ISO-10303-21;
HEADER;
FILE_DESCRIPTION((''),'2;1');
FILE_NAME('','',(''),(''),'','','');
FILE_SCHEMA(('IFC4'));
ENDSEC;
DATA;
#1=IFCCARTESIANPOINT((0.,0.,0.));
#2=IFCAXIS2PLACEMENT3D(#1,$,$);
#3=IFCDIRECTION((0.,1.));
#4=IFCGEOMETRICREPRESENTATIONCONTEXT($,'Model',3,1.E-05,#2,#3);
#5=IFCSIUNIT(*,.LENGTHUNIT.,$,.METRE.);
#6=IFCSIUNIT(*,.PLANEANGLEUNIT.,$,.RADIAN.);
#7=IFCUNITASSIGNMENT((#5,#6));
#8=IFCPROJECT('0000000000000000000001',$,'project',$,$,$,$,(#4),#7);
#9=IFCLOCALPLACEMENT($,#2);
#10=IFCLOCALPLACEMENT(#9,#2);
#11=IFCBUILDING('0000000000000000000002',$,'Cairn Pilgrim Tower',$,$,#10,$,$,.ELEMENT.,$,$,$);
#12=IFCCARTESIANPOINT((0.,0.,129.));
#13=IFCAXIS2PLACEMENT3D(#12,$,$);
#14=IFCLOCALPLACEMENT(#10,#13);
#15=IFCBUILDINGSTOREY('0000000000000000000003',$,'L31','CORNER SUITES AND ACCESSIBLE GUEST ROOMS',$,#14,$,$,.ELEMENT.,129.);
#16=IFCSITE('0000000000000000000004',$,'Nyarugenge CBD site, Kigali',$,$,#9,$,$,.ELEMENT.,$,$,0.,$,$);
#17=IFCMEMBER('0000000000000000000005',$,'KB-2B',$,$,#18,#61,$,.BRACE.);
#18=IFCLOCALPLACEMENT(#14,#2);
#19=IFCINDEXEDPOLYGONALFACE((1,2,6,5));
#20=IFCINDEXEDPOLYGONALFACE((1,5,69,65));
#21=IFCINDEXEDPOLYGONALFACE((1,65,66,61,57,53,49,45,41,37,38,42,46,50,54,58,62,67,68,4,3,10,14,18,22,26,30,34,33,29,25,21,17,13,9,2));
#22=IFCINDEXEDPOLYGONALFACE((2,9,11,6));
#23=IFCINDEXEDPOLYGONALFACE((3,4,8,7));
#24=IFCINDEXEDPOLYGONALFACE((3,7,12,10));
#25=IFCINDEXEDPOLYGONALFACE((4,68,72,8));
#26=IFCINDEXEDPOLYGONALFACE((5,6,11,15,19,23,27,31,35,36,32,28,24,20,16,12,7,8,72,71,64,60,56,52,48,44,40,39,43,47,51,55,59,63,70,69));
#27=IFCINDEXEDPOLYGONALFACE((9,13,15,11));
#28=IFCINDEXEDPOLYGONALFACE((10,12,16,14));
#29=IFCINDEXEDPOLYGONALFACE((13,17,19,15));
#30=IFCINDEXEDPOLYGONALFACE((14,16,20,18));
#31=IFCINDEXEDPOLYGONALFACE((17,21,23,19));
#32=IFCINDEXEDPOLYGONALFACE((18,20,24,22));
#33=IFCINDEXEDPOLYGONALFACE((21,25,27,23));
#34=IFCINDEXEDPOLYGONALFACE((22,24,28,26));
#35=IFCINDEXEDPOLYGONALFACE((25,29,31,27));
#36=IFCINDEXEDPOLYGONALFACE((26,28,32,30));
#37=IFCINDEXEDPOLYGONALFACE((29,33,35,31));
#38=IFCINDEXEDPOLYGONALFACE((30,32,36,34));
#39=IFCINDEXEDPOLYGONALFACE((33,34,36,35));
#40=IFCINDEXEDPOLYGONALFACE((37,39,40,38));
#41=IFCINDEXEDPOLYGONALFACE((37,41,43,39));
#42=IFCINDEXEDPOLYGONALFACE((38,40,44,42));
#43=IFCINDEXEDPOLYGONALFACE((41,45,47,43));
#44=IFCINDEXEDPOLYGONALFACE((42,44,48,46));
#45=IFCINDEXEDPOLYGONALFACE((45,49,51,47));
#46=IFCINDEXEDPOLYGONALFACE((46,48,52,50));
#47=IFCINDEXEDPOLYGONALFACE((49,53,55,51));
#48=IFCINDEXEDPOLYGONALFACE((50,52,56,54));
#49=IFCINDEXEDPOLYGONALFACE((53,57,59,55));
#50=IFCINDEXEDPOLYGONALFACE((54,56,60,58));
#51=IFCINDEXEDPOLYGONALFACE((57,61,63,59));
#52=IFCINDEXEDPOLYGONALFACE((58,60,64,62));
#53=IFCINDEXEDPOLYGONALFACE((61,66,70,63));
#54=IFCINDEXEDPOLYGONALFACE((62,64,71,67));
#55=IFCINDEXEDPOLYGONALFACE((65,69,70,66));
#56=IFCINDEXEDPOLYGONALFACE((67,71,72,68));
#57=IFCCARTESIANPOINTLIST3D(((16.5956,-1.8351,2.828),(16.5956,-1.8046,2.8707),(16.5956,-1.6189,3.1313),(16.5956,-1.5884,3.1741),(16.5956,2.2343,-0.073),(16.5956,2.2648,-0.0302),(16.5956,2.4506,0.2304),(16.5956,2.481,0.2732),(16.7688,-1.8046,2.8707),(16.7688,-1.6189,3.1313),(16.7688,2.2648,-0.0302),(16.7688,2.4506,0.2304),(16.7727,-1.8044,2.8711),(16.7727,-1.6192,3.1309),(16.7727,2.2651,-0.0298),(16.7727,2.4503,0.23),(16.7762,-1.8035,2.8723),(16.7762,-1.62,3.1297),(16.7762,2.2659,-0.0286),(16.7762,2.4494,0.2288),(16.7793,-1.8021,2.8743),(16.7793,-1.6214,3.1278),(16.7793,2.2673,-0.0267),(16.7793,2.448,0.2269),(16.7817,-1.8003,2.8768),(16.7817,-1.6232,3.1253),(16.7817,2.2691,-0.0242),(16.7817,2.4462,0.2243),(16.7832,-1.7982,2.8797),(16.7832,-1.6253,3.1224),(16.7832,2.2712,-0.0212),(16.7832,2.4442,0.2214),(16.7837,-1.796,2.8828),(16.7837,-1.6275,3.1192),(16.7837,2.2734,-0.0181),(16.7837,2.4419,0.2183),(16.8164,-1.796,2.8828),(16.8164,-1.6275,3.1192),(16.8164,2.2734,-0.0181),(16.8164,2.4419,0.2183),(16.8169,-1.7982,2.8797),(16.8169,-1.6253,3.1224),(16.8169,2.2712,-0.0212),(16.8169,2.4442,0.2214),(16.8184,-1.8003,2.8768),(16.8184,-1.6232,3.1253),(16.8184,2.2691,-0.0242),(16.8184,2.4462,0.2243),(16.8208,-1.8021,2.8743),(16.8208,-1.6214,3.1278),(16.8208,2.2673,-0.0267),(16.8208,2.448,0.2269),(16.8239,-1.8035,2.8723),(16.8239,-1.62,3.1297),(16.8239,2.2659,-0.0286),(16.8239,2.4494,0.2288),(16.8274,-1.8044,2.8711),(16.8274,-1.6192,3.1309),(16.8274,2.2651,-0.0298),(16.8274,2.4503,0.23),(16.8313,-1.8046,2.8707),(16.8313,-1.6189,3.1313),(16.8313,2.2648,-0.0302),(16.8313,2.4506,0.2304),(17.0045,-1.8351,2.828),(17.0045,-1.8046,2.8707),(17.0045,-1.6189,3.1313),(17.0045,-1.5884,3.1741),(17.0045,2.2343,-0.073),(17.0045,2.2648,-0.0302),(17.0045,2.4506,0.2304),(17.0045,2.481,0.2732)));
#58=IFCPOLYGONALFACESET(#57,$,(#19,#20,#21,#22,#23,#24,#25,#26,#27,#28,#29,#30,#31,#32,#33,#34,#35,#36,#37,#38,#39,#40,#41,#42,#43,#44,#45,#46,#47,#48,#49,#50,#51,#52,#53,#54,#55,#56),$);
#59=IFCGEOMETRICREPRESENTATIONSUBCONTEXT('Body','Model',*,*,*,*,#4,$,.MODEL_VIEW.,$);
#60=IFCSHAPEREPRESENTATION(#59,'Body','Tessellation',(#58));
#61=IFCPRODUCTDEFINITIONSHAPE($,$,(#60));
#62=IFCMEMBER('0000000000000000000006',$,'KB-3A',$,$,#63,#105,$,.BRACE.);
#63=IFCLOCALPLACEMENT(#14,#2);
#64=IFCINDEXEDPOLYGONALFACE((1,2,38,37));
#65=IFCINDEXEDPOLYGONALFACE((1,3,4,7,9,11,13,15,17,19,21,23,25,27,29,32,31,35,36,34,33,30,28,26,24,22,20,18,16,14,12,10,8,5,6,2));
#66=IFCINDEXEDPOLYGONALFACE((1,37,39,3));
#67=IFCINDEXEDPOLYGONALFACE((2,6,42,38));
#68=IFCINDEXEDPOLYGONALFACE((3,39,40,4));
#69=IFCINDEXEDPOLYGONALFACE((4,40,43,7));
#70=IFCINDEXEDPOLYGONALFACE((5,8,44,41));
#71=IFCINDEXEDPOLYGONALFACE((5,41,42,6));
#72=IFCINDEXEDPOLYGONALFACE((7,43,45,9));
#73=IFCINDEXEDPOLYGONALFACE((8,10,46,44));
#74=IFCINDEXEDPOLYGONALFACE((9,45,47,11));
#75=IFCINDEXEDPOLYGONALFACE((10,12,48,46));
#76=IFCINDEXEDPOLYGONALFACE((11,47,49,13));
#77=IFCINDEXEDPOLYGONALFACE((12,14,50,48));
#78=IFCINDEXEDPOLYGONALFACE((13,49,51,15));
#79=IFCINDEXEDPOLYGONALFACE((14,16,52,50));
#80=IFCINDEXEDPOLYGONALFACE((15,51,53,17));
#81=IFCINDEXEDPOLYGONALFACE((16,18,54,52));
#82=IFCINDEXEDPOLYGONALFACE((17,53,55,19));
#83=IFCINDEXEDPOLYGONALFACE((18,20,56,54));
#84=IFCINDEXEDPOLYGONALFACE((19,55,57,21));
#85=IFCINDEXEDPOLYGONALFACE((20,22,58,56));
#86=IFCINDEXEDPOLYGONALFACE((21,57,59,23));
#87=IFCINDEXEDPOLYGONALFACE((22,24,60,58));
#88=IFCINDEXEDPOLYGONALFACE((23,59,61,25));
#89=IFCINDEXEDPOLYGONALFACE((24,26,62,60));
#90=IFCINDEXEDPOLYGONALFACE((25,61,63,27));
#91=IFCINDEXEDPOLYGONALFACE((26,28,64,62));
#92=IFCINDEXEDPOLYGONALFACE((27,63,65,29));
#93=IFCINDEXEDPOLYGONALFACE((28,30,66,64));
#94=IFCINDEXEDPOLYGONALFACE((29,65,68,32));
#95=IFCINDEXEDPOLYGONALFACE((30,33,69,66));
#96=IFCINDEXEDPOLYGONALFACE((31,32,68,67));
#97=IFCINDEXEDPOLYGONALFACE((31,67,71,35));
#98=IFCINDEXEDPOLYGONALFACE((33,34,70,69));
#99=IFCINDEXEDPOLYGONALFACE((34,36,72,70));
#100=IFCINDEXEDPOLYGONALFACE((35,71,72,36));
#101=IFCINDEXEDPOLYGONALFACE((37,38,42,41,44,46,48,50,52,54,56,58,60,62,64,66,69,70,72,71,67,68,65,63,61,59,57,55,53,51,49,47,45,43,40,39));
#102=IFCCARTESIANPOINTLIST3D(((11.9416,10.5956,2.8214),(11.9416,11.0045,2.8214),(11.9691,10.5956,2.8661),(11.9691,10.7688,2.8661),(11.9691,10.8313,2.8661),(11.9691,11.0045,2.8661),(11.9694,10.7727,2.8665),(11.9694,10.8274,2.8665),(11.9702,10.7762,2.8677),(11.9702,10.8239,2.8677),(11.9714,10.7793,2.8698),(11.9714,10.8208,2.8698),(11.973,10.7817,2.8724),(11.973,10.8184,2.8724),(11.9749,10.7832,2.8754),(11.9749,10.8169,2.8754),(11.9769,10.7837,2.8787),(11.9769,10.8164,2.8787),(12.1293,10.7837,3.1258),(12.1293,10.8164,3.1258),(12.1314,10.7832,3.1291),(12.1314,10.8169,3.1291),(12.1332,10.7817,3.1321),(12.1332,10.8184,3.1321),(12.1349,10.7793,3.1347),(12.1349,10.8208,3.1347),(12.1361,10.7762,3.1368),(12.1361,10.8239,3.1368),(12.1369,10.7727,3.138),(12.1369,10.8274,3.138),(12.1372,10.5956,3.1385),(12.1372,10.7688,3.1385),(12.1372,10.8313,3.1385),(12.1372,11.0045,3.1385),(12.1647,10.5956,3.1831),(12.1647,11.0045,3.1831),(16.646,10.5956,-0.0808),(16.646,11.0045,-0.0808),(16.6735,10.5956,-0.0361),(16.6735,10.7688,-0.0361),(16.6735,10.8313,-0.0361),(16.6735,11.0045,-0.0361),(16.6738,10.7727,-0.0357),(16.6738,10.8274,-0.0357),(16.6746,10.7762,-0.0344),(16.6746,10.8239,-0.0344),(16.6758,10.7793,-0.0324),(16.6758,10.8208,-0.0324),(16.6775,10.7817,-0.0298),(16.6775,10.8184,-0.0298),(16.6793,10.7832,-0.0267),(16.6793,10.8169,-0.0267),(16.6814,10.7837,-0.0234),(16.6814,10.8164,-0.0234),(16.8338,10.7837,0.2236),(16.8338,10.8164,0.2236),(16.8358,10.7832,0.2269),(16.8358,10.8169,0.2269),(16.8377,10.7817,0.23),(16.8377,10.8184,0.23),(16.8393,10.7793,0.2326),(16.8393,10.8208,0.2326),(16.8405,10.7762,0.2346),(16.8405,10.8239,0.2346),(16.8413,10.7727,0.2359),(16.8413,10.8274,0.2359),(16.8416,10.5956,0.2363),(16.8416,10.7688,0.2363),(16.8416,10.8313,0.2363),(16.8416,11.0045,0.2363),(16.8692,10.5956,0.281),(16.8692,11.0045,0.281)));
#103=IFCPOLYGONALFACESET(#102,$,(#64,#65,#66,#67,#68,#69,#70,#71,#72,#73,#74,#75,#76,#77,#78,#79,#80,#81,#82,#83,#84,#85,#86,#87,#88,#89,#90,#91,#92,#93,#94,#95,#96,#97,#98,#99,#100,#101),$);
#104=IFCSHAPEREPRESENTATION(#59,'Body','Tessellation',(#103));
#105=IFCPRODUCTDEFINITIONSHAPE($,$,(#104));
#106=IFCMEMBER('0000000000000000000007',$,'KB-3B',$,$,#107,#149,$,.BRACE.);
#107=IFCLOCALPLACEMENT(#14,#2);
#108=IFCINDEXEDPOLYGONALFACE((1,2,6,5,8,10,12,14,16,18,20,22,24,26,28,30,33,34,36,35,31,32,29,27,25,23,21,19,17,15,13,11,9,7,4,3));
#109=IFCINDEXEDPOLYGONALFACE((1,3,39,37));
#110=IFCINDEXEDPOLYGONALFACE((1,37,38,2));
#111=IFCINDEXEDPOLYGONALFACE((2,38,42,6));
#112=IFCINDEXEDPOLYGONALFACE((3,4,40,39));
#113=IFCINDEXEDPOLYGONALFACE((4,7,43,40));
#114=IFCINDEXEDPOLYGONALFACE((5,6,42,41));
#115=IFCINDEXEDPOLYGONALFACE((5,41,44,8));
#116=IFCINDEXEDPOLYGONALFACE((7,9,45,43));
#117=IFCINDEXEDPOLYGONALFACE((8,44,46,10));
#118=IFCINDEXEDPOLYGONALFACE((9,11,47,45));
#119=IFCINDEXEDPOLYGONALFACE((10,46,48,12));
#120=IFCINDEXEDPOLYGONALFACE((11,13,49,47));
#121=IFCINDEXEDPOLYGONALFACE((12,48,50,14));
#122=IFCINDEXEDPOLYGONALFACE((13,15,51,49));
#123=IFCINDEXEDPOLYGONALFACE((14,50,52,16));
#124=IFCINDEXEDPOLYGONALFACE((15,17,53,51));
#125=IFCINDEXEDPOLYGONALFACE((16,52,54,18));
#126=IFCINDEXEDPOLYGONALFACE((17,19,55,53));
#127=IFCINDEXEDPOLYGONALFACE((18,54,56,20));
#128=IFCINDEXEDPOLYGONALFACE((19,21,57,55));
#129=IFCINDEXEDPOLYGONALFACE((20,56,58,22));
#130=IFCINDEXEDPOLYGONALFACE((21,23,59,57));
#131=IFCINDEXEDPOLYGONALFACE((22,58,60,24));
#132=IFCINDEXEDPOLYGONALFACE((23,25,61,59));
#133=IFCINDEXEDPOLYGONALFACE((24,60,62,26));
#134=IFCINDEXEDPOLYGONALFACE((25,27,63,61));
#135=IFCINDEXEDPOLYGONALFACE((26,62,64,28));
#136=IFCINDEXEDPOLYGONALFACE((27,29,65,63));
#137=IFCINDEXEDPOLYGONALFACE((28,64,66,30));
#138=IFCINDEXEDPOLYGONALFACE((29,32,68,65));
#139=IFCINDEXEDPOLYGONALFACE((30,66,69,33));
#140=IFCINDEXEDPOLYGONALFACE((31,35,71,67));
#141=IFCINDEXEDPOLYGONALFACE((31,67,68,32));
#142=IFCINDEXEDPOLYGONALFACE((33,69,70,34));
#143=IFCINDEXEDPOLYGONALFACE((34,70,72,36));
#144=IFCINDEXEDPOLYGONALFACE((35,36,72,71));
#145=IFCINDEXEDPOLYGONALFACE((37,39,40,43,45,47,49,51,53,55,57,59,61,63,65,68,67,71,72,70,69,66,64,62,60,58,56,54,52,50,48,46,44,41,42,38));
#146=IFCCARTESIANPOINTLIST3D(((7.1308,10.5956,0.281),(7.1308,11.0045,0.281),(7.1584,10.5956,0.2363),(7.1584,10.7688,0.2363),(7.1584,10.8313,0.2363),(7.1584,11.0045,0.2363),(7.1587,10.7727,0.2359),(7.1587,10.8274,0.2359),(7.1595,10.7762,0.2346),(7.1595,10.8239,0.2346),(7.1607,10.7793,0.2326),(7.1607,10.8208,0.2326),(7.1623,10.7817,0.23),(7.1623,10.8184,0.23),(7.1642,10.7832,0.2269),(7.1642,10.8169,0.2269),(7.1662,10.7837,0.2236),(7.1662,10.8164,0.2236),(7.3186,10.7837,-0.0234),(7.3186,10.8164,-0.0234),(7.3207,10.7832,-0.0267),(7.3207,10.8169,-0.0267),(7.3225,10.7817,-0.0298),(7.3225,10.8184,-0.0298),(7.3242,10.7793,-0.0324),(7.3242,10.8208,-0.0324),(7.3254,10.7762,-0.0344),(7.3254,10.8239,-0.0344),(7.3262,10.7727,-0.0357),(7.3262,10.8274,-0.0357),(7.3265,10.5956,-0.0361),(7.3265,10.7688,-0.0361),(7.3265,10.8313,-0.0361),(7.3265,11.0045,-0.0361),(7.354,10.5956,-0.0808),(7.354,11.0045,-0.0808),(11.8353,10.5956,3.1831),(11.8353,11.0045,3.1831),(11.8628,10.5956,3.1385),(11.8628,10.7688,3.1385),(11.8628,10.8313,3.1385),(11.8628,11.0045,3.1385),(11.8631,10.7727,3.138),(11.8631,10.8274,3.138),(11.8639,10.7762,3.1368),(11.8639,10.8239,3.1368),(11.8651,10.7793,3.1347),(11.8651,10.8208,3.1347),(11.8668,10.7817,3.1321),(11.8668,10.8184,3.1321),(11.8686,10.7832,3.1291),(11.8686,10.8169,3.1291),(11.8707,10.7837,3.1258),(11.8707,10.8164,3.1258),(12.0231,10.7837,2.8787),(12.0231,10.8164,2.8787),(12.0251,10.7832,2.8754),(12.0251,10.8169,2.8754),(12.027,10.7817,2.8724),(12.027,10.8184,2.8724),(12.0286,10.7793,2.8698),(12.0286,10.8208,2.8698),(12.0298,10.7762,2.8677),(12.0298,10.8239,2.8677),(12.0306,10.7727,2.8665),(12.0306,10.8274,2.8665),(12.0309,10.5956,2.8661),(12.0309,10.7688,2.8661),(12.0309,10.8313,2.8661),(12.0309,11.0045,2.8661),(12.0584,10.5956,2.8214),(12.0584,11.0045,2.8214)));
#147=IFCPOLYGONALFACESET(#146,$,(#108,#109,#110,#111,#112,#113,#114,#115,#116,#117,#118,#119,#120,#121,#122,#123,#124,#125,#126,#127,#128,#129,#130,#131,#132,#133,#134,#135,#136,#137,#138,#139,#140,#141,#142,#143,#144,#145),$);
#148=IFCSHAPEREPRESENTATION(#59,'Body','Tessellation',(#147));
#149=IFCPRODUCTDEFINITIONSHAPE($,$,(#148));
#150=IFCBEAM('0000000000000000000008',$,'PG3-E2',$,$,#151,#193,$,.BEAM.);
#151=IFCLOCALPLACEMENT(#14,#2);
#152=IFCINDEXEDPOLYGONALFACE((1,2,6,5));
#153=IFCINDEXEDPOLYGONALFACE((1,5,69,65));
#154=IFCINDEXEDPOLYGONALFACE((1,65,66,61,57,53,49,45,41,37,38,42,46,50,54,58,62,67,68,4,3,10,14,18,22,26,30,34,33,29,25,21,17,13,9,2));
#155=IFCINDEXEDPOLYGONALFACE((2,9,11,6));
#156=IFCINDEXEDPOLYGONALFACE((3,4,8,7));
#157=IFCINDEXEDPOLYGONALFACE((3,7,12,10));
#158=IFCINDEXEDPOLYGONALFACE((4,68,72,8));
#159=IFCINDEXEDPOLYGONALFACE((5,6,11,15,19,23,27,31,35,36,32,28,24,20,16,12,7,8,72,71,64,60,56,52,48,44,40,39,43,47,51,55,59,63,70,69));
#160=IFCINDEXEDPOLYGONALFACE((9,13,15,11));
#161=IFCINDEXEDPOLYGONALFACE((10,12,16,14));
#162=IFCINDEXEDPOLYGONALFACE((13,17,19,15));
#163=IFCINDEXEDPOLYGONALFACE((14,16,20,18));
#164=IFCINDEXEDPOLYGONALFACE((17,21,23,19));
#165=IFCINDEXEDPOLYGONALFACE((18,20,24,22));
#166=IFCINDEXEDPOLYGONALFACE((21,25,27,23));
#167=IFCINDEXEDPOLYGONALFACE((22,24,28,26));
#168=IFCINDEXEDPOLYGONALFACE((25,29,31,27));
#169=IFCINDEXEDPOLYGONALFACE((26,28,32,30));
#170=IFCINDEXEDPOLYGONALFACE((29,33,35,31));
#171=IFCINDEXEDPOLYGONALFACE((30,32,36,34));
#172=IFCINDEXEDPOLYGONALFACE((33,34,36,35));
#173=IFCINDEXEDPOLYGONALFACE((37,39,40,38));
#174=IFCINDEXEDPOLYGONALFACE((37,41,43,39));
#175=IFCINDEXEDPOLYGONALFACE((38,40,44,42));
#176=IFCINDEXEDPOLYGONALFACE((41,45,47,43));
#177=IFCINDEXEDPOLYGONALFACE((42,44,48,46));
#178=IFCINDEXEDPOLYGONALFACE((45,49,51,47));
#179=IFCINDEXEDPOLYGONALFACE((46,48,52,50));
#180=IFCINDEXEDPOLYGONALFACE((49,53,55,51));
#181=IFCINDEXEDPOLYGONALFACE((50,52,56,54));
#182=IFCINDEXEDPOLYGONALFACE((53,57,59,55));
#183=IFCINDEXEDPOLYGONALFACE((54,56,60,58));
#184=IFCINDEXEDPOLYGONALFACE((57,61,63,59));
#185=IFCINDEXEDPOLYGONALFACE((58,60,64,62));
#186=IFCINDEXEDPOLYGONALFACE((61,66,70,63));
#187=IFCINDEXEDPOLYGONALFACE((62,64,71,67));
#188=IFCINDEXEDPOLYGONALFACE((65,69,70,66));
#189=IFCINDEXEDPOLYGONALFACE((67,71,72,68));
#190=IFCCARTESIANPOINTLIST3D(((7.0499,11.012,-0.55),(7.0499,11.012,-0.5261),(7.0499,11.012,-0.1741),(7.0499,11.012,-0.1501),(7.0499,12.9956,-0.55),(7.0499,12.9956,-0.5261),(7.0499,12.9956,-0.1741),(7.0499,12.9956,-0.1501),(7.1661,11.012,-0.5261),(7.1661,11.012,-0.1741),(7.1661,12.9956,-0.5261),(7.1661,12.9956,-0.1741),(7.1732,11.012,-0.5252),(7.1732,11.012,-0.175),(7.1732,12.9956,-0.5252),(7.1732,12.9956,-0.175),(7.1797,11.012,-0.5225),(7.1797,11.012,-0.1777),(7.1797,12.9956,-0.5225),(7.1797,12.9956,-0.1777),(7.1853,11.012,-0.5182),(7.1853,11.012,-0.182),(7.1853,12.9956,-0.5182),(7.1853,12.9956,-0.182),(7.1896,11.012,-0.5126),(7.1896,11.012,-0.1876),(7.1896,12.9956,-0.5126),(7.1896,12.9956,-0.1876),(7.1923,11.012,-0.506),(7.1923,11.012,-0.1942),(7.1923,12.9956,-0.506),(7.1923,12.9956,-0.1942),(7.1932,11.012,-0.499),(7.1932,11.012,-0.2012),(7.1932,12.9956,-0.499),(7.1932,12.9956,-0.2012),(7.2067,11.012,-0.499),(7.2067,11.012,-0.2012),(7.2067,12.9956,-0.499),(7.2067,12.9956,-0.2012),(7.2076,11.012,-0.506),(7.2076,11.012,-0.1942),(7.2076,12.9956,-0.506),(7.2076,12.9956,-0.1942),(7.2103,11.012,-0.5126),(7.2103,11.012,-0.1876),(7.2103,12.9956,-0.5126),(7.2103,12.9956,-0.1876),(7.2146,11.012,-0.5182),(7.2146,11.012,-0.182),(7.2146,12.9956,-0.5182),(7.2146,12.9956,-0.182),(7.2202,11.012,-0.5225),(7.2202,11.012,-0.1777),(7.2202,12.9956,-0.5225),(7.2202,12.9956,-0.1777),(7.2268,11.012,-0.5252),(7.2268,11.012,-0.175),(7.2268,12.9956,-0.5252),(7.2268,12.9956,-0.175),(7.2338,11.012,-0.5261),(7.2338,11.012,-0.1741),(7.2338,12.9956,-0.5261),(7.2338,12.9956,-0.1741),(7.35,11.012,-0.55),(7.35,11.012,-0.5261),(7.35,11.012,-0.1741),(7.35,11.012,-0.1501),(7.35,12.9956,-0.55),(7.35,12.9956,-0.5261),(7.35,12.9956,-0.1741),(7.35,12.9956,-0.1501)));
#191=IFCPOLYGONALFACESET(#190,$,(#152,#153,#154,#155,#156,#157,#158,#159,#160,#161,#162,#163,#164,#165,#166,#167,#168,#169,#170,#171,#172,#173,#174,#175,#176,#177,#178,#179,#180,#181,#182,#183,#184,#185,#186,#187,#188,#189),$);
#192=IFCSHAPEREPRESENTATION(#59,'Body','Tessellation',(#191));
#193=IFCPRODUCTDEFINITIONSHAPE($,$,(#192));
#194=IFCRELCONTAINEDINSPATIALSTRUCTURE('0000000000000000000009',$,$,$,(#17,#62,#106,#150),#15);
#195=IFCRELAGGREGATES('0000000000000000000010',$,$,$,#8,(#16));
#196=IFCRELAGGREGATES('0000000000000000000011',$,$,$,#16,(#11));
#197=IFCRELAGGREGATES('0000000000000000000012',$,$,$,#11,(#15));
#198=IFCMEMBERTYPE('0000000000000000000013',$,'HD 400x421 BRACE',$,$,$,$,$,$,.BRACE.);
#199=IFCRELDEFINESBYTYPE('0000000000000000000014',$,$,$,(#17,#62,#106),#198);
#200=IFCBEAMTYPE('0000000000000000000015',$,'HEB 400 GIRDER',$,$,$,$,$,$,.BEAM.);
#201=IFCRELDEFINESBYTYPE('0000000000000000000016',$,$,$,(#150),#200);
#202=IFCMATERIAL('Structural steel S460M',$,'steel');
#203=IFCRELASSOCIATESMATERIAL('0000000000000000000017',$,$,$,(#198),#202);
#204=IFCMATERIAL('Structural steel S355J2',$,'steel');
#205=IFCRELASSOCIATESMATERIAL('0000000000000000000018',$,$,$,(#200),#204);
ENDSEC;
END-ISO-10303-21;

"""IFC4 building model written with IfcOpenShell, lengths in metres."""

from ifc_helpers import new_model, si_unit, direction, frame, origin, origin_2d, place, context, subcontext, project, spatial, i_section, extrude, material, material_profile, profile_set, type_object, element, save


model = new_model("IFC4")

# Units and contexts
model_context = context("Model", 3, precision=1e-05, world=origin(), true_north=direction((0.0, 1.0)))
body_context = subcontext(model_context, "Body", "Model", "MODEL_VIEW")
ifc_project = project(units=[si_unit("LENGTHUNIT", "METRE"), si_unit("PLANEANGLEUNIT", "RADIAN")], contexts=[model_context])

# Site, building, storey
site_placement = place(None, origin())
site = spatial("IfcSite", under=ifc_project, at=site_placement, Name="Nyarugenge CBD site, Kigali", CompositionType="ELEMENT", RefElevation=0.0)
building_placement = place(site_placement, origin())
building = spatial("IfcBuilding", under=site, at=building_placement, Name="Cairn Pilgrim Tower", CompositionType="ELEMENT")
storey_placement = place(building_placement, frame((0.0, 0.0, 129.0)))
storey = spatial("IfcBuildingStorey", under=building, at=storey_placement, Name="L31", Description="CORNER SUITES AND ACCESSIBLE GUEST ROOMS", CompositionType="ELEMENT", Elevation=129.0)

# Shared definitions
ifc_material_1 = material(Name="Structural steel S460M", Category="steel")

# Members
ifc_material_profile_1 = material_profile(ifc_material_1, i_section(OverallWidth=0.4089, OverallDepth=0.425, WebThickness=0.0327, FlangeThickness=0.0525, FilletRadius=0.0149, at=origin_2d()), Name="HD 400x421")
ifc_profile_set_1 = profile_set([ifc_material_profile_1], Name="Structural steel S460M")
member_type = type_object("IfcMemberType", Name="HD 400x421 BRACE", PredefinedType="BRACE", material=ifc_profile_set_1)
member_placement = place(storey_placement, frame((16.8, 2.3577, 0.1001), z_axis=(0.0, -0.814281, 0.580471), x_axis=(1.0, 0.0, 0.0)))
element("IfcMember", 1, at=member_placement, inside=storey, type_object=member_type, Name="KB-2B", PredefinedType="BRACE", context=body_context, shape_type="SweptSolid", body=[
    extrude(i_section(OverallWidth=0.4089, OverallDepth=0.425, WebThickness=0.0327, FlangeThickness=0.0525, FilletRadius=0.0149, at=origin_2d()), origin(), (0.0, 0.0, 1.0), 4.9976),
])
for number, where, z_axis, x_axis, name in (
    (2, (16.7576, 10.8, 0.1001), (-0.851083, 0.0, 0.525031), (0.0, -1.0, 0.0), "KB-3A"),
    (3, (7.2424, 10.8, 0.1001), (0.851083, 0.0, 0.525031), (0.0, 1.0, 0.0), "KB-3B"),
):
    element("IfcMember", number, at=place(storey_placement, frame(where, z_axis=z_axis, x_axis=x_axis)), inside=storey, type_object=member_type, Name=name, PredefinedType="BRACE", context=body_context, shape_type="SweptSolid", body=[
        extrude(i_section(OverallWidth=0.4089, OverallDepth=0.425, WebThickness=0.0327, FlangeThickness=0.0525, FilletRadius=0.0149, at=origin_2d()), origin(), (0.0, 0.0, 1.0), 5.5276),
    ])

# Beam
ifc_material_2 = material(Name="Structural steel S355J2", Category="steel")
ifc_material_profile_2 = material_profile(ifc_material_2, i_section(OverallWidth=0.3, OverallDepth=0.3999, WebThickness=0.0134, FlangeThickness=0.0239, FilletRadius=0.0271, at=origin_2d()), Name="HEB 400")
ifc_profile_set_2 = profile_set([ifc_material_profile_2], Name="Structural steel S355J2")
beam_type_1 = type_object("IfcBeamType", Name="HEB 400 GIRDER", PredefinedType="BEAM", material=ifc_profile_set_2)
beam_1_placement = place(storey_placement, frame((7.2, 11.012, -0.3501), z_axis=(0.0, 1.0, 0.0), x_axis=(-1.0, 0.0, 0.0)))
element("IfcBeam", 4, at=beam_1_placement, inside=storey, type_object=beam_type_1, Name="PG3-E2", PredefinedType="BEAM", context=body_context, shape_type="SweptSolid", body=[
    extrude(i_section(OverallWidth=0.3, OverallDepth=0.3999, WebThickness=0.0134, FlangeThickness=0.0239, FilletRadius=0.0271, at=origin_2d()), origin(), (0.0, 0.0, 1.0), 1.9836),
])

save(model, "model.ifc")
